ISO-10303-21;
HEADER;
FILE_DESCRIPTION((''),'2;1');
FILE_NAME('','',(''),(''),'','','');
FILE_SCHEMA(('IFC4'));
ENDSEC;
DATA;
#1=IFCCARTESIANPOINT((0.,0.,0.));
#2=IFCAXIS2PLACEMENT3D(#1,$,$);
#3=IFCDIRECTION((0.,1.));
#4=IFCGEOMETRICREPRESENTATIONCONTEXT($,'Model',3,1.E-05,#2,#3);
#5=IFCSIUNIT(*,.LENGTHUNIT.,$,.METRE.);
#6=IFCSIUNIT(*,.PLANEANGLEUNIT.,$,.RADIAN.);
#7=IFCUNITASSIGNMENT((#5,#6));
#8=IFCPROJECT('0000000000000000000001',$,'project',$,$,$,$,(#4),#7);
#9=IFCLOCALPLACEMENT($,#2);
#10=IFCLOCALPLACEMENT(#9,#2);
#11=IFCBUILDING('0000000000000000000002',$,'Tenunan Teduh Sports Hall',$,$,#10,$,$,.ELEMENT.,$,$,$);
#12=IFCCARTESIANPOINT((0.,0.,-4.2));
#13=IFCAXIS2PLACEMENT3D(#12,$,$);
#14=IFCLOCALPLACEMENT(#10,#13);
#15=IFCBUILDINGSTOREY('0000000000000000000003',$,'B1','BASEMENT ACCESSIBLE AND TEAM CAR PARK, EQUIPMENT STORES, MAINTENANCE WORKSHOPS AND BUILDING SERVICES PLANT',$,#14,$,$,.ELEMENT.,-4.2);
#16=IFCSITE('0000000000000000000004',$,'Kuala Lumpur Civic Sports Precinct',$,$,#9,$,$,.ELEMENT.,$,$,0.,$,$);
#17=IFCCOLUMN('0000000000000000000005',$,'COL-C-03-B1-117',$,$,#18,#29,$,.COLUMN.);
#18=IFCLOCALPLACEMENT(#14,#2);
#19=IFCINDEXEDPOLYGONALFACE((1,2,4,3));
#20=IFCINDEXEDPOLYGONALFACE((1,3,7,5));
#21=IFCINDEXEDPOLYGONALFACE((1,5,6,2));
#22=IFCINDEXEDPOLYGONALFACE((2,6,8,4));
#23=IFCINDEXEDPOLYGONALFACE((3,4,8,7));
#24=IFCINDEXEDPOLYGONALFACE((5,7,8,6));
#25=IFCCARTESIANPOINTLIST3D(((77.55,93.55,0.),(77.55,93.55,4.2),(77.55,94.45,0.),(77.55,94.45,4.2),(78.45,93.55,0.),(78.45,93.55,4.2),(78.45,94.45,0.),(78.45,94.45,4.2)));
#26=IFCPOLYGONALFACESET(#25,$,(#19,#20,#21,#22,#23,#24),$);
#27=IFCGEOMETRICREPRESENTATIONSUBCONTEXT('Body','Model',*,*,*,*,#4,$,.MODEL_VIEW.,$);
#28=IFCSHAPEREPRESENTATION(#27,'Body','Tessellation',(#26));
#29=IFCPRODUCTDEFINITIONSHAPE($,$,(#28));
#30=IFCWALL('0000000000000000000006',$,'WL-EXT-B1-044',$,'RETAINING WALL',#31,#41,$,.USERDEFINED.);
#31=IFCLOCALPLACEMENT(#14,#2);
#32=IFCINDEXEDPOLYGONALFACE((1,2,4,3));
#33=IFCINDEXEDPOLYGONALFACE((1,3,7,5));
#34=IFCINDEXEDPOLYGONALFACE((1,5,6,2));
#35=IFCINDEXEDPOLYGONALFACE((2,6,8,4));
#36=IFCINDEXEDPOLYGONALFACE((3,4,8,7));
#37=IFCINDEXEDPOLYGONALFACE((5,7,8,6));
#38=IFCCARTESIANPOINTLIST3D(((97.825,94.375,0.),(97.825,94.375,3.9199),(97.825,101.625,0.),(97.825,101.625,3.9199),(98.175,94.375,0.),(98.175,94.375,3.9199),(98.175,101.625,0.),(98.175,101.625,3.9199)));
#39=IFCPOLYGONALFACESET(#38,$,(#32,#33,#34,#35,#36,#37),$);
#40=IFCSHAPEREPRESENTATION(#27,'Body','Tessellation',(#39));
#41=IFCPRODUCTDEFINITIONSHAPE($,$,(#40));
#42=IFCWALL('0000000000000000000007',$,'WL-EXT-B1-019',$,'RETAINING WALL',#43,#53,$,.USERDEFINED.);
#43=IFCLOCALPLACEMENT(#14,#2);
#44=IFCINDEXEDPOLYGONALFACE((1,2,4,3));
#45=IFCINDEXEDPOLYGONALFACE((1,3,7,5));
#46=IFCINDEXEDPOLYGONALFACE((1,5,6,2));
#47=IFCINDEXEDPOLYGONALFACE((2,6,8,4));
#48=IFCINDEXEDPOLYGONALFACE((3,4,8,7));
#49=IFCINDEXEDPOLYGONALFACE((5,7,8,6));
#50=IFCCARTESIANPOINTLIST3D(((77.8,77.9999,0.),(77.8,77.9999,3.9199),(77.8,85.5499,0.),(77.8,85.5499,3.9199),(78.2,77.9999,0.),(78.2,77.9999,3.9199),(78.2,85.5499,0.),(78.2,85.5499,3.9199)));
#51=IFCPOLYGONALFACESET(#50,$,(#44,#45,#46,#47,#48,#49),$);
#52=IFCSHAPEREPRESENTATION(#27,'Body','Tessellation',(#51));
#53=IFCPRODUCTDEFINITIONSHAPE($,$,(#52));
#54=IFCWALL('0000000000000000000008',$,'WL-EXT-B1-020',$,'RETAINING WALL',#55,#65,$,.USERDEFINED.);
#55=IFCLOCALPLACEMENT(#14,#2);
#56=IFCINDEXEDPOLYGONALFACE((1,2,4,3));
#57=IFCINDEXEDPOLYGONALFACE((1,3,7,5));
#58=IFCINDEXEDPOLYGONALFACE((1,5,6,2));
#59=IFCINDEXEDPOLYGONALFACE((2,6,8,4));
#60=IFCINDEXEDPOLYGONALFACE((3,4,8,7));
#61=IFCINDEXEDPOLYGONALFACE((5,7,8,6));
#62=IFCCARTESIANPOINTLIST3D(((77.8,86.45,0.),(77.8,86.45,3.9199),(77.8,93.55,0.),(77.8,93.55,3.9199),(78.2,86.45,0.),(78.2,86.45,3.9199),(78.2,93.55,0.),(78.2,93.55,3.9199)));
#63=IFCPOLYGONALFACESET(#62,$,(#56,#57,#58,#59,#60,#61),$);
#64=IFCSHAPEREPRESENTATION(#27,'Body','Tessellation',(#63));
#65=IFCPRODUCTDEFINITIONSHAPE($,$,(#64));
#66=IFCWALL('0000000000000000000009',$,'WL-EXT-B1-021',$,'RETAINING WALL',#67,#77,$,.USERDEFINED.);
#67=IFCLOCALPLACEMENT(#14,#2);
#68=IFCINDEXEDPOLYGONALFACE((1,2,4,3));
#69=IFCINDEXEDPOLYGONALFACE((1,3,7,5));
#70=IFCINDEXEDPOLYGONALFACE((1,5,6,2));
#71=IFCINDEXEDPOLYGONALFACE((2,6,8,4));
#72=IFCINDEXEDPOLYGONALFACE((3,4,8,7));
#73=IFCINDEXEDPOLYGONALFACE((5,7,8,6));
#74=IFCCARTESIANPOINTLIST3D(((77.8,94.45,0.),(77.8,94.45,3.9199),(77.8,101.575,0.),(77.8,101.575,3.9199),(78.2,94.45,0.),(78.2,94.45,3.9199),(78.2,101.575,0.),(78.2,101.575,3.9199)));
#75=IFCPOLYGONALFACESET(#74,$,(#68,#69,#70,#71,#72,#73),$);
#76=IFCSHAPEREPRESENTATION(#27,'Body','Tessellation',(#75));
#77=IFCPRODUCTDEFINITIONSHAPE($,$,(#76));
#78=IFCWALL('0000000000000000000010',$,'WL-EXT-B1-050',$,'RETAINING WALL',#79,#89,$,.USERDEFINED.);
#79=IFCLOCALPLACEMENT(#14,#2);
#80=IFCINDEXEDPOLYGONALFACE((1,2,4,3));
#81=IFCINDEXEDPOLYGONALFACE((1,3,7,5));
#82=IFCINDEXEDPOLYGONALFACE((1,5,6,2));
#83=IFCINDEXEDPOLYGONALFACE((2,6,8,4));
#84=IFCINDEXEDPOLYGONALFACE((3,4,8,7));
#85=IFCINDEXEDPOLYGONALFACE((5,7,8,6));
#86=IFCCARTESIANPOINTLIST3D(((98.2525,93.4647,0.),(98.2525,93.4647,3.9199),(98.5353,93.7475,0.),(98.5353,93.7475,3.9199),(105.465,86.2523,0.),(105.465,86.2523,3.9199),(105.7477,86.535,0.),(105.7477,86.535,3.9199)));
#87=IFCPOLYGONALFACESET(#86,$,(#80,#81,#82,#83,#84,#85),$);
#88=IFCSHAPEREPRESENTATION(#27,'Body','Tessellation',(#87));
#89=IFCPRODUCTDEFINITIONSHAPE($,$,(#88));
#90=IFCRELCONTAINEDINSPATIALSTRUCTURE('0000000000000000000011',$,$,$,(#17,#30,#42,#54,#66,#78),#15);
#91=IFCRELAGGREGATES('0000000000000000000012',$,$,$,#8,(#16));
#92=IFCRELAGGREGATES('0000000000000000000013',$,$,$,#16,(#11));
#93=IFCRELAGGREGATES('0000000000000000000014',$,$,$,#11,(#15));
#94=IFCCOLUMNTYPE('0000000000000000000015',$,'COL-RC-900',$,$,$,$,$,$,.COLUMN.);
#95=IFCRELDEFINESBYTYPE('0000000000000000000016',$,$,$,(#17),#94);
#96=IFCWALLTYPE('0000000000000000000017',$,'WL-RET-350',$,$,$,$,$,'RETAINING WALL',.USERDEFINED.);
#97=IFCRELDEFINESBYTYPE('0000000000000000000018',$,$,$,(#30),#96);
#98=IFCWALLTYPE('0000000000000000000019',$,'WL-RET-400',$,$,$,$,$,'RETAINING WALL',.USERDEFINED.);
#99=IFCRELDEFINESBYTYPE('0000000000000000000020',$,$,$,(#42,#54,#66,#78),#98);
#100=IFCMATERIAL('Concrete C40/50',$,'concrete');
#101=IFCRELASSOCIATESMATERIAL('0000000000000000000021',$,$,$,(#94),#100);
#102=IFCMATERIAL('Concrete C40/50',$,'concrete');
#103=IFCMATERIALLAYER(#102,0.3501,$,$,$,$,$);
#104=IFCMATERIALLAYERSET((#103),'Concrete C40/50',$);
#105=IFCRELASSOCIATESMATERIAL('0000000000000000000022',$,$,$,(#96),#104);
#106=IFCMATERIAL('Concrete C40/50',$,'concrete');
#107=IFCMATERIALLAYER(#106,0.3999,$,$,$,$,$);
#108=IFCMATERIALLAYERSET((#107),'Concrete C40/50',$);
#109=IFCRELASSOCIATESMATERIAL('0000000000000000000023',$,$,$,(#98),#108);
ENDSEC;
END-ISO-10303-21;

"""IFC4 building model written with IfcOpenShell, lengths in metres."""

from ifc_helpers import new_model, si_unit, direction, frame, frame_2d, origin, origin_2d, place, context, subcontext, project, spatial, rectangle, extrude, material, layer, layer_set, material_profile, profile_set, type_object, element, save


model = new_model("IFC4")

# Units and contexts
model_context = context("Model", 3, precision=1e-05, world=origin(), true_north=direction((0.0, 1.0)))
body_context = subcontext(model_context, "Body", "Model", "MODEL_VIEW")
ifc_project = project(units=[si_unit("LENGTHUNIT", "METRE"), si_unit("PLANEANGLEUNIT", "RADIAN")], contexts=[model_context])

# Site, building, storey
site_placement = place(None, origin())
site = spatial("IfcSite", under=ifc_project, at=site_placement, Name="Kuala Lumpur Civic Sports Precinct", CompositionType="ELEMENT", RefElevation=0.0)
building_placement = place(site_placement, origin())
building = spatial("IfcBuilding", under=site, at=building_placement, Name="Tenunan Teduh Sports Hall", CompositionType="ELEMENT")
storey_placement = place(building_placement, frame((0.0, 0.0, -4.2)))
storey = spatial("IfcBuildingStorey", under=building, at=storey_placement, Name="B1", Description="BASEMENT ACCESSIBLE AND TEAM CAR PARK, EQUIPMENT STORES, MAINTENANCE WORKSHOPS AND BUILDING SERVICES PLANT", CompositionType="ELEMENT", Elevation=-4.2)

# Column
ifc_material_1 = material(Name="Concrete C40/50", Category="concrete")
ifc_material_profile_1 = material_profile(ifc_material_1, rectangle(XDim=0.8999, YDim=0.8999, at=origin_2d()), Name="RC 900x900")
ifc_profile_set_1 = profile_set([ifc_material_profile_1], Name="Concrete C40/50")
column_type_1 = type_object("IfcColumnType", Name="COL-RC-900", PredefinedType="COLUMN", material=ifc_profile_set_1)
column_1_placement = place(storey_placement, frame((78.0, 94.0, 0.0), z_axis=(0.0, 0.0, 1.0), x_axis=(1.0, 0.0, 0.0)))
element("IfcColumn", 1, at=column_1_placement, inside=storey, type_object=column_type_1, Name="COL-C-03-B1-117", PredefinedType="COLUMN", context=body_context, shape_type="SweptSolid", body=[
    extrude(rectangle(XDim=0.8999, YDim=0.8999, at=origin_2d()), origin(), (0.0, 0.0, 1.0), 4.2),
])

# Walls
ifc_material_2 = material(Name="Concrete C40/50", Category="concrete")
ifc_layer_1 = layer(ifc_material_2, 0.3501)
ifc_layer_set_1 = layer_set([ifc_layer_1], Name="Concrete C40/50")
wall_type_1 = type_object("IfcWallType", Name="WL-RET-350", ElementType="RETAINING WALL", PredefinedType="USERDEFINED", material=ifc_layer_set_1)
wall_1_placement = place(storey_placement, frame((98.0, 94.375, 0.0), z_axis=(0.0, 0.0, 1.0), x_axis=(0.0, 1.0, 0.0)))
element("IfcWall", 2, at=wall_1_placement, inside=storey, type_object=wall_type_1, Name="WL-EXT-B1-044", ObjectType="RETAINING WALL", PredefinedType="USERDEFINED", context=body_context, shape_type="SweptSolid", body=[
    extrude(rectangle(XDim=7.25, YDim=0.3501, at=frame_2d((3.625, 0.0))), origin(), (0.0, 0.0, 1.0), 3.9199),
])
ifc_material_3 = material(Name="Concrete C40/50", Category="concrete")
ifc_layer_2 = layer(ifc_material_3, 0.3999)
ifc_layer_set_2 = layer_set([ifc_layer_2], Name="Concrete C40/50")
wall_type_2 = type_object("IfcWallType", Name="WL-RET-400", ElementType="RETAINING WALL", PredefinedType="USERDEFINED", material=ifc_layer_set_2)
wall_2_placement = place(storey_placement, frame((78.0, 78.0, 0.0), z_axis=(0.0, 0.0, 1.0), x_axis=(0.0, 1.0, 0.0)))
element("IfcWall", 3, at=wall_2_placement, inside=storey, type_object=wall_type_2, Name="WL-EXT-B1-019", ObjectType="RETAINING WALL", PredefinedType="USERDEFINED", context=body_context, shape_type="SweptSolid", body=[
    extrude(rectangle(XDim=7.55, YDim=0.3999, at=frame_2d((3.7749, 0.0))), origin(), (0.0, 0.0, 1.0), 3.9199),
])
wall_3_placement = place(storey_placement, frame((78.0, 86.45, 0.0), z_axis=(0.0, 0.0, 1.0), x_axis=(0.0, 1.0, 0.0)))
element("IfcWall", 4, at=wall_3_placement, inside=storey, type_object=wall_type_2, Name="WL-EXT-B1-020", ObjectType="RETAINING WALL", PredefinedType="USERDEFINED", context=body_context, shape_type="SweptSolid", body=[
    extrude(rectangle(XDim=7.1001, YDim=0.3999, at=frame_2d((3.55, 0.0))), origin(), (0.0, 0.0, 1.0), 3.9199),
])
wall_4_placement = place(storey_placement, frame((78.0, 94.45, 0.0), z_axis=(0.0, 0.0, 1.0), x_axis=(0.0, 1.0, 0.0)))
element("IfcWall", 5, at=wall_4_placement, inside=storey, type_object=wall_type_2, Name="WL-EXT-B1-021", ObjectType="RETAINING WALL", PredefinedType="USERDEFINED", context=body_context, shape_type="SweptSolid", body=[
    extrude(rectangle(XDim=7.125, YDim=0.3999, at=frame_2d((3.5625, 0.0))), origin(), (0.0, 0.0, 1.0), 3.9199),
])
wall_5_placement = place(storey_placement, frame((98.3938, 93.6062, 0.0), z_axis=(0.0, 0.0, 1.0), x_axis=(0.707107, -0.707107, 0.0)))
element("IfcWall", 6, at=wall_5_placement, inside=storey, type_object=wall_type_2, Name="WL-EXT-B1-050", ObjectType="RETAINING WALL", PredefinedType="USERDEFINED", context=body_context, shape_type="SweptSolid", body=[
    extrude(rectangle(XDim=10.2, YDim=0.3999, at=frame_2d((5.1001, 0.0))), origin(), (0.0, 0.0, 1.0), 3.9199),
])

save(model, "model.ifc")
